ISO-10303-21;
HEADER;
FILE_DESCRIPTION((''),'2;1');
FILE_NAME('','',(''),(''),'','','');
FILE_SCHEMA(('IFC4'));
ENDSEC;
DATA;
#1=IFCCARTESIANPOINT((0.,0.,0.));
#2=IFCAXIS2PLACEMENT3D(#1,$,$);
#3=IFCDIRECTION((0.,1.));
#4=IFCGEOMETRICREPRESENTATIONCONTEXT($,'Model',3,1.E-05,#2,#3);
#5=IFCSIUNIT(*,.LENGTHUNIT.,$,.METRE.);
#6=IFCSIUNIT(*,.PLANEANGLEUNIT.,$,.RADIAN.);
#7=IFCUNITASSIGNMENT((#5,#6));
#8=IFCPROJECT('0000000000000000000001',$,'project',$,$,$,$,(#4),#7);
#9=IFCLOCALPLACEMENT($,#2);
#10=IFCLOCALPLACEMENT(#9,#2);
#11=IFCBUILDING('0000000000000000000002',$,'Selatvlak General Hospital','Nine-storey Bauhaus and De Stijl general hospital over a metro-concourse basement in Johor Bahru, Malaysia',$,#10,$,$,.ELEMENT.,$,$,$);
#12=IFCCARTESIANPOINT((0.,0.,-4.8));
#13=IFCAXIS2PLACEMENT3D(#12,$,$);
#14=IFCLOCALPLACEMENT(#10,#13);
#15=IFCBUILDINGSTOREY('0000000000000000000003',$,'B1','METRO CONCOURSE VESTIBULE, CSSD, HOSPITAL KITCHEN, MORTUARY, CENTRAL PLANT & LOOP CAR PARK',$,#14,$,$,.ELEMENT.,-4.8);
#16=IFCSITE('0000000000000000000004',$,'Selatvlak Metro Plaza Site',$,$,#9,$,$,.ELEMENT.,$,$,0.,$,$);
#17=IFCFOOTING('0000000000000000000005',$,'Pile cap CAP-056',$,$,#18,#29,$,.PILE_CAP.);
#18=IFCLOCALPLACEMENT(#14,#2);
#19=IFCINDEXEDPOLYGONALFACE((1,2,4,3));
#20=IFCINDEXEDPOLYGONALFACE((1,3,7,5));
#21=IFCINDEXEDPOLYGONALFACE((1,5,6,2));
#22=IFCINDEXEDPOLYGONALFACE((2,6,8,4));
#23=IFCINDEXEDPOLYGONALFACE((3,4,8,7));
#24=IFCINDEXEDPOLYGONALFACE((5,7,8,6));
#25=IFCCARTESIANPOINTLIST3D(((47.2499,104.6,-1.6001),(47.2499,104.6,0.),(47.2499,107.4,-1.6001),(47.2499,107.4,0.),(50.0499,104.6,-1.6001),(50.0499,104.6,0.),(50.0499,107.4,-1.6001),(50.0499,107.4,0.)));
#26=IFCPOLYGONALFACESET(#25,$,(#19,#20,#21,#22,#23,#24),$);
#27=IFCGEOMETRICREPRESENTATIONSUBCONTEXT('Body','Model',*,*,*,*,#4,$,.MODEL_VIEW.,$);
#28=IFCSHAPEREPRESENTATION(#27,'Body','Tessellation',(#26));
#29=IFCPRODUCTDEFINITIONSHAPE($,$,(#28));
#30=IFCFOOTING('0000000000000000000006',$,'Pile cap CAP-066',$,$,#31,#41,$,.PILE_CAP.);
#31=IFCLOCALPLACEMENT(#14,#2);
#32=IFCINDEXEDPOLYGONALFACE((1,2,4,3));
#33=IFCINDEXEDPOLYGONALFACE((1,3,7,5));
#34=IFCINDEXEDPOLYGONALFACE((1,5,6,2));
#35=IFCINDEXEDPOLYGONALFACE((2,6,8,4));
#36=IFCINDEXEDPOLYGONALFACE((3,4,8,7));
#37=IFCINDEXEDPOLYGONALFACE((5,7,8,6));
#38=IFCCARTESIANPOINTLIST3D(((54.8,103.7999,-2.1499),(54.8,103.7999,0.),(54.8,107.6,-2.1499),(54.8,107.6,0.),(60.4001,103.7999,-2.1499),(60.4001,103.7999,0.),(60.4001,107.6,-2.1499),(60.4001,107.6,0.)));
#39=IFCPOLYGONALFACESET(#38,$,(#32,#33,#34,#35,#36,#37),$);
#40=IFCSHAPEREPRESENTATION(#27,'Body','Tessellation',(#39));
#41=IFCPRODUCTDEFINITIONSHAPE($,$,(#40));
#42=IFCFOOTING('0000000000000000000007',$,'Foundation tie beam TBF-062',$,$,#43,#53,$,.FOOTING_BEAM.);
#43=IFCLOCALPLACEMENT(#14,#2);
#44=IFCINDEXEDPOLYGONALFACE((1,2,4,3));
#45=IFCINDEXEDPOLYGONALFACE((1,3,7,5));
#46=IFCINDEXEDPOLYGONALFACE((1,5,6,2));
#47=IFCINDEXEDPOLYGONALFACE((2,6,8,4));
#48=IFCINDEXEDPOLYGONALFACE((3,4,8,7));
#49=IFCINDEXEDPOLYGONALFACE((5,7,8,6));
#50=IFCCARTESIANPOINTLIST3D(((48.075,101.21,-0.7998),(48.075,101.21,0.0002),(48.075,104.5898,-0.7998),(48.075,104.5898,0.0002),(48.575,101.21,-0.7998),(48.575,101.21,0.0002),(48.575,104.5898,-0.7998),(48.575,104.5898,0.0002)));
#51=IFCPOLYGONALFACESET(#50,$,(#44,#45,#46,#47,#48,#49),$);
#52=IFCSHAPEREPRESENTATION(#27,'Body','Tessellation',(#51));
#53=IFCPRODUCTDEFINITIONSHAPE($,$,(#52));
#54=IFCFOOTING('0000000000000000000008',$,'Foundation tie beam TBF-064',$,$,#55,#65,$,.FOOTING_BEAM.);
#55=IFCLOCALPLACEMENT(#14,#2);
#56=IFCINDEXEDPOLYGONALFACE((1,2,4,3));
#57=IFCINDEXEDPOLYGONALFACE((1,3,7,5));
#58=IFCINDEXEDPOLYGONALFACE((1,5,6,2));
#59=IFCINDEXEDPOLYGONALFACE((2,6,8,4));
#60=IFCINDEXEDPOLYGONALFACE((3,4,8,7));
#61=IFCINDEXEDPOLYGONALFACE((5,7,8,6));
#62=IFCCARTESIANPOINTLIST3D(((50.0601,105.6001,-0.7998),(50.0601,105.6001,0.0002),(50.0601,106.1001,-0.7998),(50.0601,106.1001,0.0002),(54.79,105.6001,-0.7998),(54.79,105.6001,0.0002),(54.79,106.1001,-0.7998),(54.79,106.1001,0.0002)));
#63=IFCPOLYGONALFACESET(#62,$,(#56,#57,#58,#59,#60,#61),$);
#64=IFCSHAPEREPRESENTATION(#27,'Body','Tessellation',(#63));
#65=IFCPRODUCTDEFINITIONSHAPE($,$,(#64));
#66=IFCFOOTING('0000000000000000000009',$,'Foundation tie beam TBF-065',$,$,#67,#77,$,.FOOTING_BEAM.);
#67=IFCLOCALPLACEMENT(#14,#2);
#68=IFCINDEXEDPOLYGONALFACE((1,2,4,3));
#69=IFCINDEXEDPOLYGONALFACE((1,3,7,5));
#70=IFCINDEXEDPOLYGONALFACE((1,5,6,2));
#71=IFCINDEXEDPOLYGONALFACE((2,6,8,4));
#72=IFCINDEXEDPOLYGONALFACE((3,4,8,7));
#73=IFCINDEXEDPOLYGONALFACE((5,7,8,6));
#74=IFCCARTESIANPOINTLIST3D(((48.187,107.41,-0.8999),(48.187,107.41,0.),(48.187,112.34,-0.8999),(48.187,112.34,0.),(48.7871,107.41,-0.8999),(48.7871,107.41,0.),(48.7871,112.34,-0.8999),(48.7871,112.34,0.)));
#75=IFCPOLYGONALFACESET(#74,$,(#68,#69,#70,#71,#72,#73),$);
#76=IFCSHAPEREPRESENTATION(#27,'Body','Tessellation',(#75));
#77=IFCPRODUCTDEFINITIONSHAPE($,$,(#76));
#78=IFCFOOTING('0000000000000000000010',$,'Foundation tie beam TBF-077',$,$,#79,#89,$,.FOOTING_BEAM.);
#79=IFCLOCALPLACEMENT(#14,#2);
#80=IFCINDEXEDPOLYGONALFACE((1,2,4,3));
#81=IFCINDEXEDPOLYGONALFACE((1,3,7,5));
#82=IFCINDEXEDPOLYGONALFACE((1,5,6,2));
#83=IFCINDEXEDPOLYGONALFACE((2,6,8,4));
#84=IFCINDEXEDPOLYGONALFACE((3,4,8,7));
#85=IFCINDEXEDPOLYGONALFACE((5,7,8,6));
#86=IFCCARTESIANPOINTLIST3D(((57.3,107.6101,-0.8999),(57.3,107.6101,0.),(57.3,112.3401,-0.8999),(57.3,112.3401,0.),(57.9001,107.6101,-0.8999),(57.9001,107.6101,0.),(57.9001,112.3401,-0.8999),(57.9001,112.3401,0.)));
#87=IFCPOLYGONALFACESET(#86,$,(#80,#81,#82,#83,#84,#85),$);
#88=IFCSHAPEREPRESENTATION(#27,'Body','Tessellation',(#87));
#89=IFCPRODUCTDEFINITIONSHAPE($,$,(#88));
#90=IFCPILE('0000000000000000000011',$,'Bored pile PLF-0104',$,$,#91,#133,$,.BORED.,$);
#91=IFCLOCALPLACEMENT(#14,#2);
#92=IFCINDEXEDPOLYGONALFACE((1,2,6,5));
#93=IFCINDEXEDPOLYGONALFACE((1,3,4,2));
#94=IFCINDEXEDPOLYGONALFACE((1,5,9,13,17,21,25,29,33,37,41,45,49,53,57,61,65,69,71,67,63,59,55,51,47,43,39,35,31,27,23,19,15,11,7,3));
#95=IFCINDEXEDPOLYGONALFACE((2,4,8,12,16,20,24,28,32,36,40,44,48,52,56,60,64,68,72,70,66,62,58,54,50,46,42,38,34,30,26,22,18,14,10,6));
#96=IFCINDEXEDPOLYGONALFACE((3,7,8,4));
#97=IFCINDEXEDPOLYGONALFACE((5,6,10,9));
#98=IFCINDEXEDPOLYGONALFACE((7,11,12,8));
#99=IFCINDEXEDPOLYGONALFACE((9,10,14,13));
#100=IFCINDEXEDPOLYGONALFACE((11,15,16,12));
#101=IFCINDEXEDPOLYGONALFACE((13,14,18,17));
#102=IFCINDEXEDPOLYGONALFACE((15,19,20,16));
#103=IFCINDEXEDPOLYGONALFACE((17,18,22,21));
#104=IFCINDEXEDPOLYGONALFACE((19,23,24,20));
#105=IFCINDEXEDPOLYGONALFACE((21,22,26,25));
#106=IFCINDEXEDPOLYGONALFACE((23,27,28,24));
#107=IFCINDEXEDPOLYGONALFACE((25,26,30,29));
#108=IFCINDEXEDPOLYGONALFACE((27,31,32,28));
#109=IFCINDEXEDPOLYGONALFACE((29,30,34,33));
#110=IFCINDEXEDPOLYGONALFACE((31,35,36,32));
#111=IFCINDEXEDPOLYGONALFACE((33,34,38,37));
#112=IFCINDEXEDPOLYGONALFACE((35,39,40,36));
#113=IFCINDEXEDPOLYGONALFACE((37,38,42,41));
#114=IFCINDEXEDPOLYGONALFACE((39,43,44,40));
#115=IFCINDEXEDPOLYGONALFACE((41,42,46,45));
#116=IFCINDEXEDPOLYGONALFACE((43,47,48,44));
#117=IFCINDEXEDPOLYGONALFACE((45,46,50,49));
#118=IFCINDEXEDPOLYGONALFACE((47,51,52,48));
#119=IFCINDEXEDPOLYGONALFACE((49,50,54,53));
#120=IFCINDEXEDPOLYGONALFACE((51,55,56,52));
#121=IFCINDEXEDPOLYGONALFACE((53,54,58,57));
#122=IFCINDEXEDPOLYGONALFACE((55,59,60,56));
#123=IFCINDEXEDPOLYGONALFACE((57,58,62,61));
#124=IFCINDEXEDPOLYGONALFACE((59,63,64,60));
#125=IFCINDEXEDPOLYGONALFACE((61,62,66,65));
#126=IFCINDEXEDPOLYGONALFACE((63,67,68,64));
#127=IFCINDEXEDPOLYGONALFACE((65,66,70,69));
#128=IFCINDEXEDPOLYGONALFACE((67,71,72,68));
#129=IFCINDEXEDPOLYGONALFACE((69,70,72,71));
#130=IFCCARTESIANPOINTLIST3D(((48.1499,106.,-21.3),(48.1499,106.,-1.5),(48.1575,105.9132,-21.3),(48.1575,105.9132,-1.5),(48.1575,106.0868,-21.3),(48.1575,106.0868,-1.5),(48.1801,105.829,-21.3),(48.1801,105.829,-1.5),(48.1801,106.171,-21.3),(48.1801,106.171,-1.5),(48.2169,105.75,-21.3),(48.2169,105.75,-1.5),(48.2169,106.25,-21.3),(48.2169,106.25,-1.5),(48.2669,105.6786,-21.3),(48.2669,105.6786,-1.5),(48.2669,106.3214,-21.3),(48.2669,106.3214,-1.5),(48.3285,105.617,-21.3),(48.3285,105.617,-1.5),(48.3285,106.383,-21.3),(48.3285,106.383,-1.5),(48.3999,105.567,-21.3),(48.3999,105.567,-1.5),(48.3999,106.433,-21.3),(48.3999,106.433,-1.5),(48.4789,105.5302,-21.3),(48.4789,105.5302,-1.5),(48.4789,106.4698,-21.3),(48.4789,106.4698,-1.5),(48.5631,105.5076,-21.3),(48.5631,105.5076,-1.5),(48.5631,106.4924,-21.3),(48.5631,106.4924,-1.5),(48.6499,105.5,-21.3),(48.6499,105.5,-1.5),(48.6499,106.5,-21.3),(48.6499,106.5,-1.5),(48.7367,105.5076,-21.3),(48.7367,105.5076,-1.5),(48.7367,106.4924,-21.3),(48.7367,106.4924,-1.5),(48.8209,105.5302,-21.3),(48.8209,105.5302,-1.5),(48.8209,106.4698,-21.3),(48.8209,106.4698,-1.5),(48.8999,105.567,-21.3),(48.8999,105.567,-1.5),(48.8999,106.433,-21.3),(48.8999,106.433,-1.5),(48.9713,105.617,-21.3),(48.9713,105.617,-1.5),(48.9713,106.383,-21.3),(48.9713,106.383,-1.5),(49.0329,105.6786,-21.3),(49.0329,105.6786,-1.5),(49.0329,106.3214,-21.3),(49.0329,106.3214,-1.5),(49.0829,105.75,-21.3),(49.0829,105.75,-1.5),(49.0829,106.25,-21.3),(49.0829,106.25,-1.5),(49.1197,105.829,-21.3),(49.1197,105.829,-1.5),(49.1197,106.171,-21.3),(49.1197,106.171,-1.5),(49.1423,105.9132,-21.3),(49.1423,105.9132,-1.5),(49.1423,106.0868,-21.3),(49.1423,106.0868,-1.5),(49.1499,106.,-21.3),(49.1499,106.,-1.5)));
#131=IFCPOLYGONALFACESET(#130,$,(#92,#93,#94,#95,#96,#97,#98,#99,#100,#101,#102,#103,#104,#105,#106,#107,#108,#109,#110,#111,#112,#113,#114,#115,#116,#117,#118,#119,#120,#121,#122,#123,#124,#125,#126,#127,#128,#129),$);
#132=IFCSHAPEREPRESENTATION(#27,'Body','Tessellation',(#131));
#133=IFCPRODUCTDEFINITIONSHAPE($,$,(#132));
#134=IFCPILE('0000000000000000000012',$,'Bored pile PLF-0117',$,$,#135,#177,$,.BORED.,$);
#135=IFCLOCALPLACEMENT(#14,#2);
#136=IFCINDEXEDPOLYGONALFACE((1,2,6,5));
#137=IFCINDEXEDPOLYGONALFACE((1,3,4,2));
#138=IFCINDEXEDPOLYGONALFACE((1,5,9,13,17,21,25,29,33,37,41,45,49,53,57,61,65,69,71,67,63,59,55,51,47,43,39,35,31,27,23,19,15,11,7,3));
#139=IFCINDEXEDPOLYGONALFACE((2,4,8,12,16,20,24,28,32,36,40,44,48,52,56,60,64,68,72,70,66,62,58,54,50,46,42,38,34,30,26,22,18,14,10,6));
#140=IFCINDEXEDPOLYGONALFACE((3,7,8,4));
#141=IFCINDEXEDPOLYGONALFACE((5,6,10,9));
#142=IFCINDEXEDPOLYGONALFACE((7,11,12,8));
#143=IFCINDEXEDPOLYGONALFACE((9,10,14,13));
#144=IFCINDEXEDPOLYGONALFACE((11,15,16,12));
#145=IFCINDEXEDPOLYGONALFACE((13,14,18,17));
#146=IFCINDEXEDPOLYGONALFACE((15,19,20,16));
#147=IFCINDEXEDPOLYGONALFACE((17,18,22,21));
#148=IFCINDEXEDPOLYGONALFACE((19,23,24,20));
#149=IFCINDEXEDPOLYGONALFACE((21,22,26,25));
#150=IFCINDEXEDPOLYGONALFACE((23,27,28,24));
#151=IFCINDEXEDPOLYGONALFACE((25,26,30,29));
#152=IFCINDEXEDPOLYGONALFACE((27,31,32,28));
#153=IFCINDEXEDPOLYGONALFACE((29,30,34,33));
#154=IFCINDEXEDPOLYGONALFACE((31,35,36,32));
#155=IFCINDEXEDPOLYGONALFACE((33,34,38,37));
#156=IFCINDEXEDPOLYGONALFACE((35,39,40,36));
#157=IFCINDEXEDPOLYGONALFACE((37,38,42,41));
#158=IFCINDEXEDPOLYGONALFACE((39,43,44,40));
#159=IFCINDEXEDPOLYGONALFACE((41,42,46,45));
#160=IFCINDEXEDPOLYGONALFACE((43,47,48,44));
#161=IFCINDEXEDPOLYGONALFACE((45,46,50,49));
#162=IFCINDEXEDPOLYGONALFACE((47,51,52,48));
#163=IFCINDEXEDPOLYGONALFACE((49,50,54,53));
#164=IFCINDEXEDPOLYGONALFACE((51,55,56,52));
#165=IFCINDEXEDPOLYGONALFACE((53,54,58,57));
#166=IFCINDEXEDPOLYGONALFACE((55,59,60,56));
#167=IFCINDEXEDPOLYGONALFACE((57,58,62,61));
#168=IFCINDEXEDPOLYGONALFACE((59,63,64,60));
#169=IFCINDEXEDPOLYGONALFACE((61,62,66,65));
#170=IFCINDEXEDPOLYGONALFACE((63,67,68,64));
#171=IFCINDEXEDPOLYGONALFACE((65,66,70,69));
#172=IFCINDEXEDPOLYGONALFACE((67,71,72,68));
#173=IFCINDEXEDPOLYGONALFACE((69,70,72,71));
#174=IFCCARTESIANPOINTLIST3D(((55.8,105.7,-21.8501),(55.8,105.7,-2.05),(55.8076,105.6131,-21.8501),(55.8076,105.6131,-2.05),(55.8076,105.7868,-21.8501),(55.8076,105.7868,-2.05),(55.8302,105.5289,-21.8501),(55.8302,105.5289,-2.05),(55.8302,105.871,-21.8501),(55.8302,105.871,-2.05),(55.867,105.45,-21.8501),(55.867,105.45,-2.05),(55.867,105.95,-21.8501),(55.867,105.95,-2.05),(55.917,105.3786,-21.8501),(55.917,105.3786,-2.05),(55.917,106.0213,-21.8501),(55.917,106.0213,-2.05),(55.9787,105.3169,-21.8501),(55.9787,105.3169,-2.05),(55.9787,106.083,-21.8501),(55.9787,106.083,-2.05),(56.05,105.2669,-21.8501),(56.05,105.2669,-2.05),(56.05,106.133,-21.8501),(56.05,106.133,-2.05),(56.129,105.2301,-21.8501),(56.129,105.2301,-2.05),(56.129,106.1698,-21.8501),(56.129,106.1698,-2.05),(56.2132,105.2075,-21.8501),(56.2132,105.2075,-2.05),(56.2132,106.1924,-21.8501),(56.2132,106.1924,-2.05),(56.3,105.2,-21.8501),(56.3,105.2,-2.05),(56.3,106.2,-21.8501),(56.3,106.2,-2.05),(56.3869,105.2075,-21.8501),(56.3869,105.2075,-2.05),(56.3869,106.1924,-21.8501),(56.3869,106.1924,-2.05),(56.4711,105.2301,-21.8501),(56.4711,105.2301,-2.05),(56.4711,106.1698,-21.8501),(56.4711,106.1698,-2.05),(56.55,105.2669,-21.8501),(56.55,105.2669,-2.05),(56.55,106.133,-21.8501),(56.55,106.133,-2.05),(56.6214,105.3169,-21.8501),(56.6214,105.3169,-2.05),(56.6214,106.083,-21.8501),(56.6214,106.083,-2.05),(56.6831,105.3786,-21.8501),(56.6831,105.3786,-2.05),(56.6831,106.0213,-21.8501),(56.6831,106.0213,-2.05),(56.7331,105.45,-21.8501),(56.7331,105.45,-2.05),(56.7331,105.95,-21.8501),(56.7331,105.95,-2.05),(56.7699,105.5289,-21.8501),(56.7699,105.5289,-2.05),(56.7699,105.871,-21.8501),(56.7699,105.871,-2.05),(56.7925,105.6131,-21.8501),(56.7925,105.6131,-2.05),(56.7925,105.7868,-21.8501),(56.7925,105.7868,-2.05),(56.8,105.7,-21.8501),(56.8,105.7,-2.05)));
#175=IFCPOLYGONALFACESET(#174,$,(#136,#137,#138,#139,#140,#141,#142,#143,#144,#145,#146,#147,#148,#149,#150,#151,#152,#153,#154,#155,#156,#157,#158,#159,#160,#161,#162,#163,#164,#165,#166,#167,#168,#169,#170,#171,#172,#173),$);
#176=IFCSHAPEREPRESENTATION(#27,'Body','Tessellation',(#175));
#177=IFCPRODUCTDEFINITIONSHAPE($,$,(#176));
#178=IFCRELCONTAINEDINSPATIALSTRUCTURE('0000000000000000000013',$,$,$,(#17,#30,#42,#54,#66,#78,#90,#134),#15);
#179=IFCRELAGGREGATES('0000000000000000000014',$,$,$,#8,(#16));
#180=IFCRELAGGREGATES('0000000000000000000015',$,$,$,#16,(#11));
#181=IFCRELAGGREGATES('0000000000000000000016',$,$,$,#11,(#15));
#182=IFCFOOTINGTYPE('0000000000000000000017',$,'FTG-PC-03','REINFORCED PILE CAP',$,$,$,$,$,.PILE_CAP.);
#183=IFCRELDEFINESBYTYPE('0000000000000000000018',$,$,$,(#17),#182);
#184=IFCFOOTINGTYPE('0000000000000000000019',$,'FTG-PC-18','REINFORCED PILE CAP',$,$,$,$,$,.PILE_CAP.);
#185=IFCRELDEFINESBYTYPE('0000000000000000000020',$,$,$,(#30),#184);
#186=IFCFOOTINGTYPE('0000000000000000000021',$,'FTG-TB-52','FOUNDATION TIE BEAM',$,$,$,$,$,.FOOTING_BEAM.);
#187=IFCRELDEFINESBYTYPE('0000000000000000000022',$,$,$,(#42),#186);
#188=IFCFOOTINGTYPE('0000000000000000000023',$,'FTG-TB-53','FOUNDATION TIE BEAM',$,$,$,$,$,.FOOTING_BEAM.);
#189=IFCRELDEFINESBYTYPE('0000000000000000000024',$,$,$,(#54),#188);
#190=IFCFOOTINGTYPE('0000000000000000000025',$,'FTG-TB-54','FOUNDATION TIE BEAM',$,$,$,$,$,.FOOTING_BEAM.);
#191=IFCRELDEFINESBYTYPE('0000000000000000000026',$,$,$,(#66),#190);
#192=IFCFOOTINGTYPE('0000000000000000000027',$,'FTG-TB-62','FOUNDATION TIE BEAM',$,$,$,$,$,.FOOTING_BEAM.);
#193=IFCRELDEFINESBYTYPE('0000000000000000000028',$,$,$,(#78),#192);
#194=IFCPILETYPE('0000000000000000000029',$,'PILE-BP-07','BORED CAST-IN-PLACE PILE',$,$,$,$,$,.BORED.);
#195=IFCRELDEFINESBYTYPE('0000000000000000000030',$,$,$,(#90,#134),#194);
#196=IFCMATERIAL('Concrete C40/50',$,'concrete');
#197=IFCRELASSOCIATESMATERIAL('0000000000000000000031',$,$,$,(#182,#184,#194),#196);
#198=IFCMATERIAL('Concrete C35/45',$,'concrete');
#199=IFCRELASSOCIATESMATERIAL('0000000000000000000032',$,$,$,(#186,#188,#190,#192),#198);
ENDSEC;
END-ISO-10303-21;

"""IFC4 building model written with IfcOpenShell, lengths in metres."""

from ifc_helpers import new_model, si_unit, direction, frame, origin, origin_2d, place, context, subcontext, project, spatial, rectangle, circle, extrude, material, material_profile, profile_set, type_object, element, save


model = new_model("IFC4")

# Units and contexts
model_context = context("Model", 3, precision=1e-05, world=origin(), true_north=direction((0.0, 1.0)))
body_context = subcontext(model_context, "Body", "Model", "MODEL_VIEW")
ifc_project = project(units=[si_unit("LENGTHUNIT", "METRE"), si_unit("PLANEANGLEUNIT", "RADIAN")], contexts=[model_context])

# Site, building, storey
site_placement = place(None, origin())
site = spatial("IfcSite", under=ifc_project, at=site_placement, Name="Selatvlak Metro Plaza Site", CompositionType="ELEMENT", RefElevation=0.0)
building_placement = place(site_placement, origin())
building = spatial("IfcBuilding", under=site, at=building_placement, Name="Selatvlak General Hospital", Description="Nine-storey Bauhaus and De Stijl general hospital over a metro-concourse basement in Johor Bahru, Malaysia", CompositionType="ELEMENT")
storey_placement = place(building_placement, frame((0.0, 0.0, -4.8)))
storey = spatial("IfcBuildingStorey", under=building, at=storey_placement, Name="B1", Description="METRO CONCOURSE VESTIBULE, CSSD, HOSPITAL KITCHEN, MORTUARY, CENTRAL PLANT & LOOP CAR PARK", CompositionType="ELEMENT", Elevation=-4.8)

# Footings
ifc_material_1 = material(Name="Concrete C40/50", Category="concrete")
footing_type_1 = type_object("IfcFootingType", Name="FTG-PC-03", Description="REINFORCED PILE CAP", PredefinedType="PILE_CAP", material=ifc_material_1)
footing_1_placement = place(storey_placement, frame((48.6499, 106.0, -1.6001), z_axis=(0.0, 0.0, 1.0), x_axis=(1.0, 0.0, 0.0)))
element("IfcFooting", 1, at=footing_1_placement, inside=storey, type_object=footing_type_1, Name="Pile cap CAP-056", PredefinedType="PILE_CAP", context=body_context, shape_type="SweptSolid", body=[
    extrude(rectangle(XDim=2.8, YDim=2.8, at=origin_2d()), origin(), (0.0, 0.0, 1.0), 1.6001),
])
footing_type_2 = type_object("IfcFootingType", Name="FTG-PC-18", Description="REINFORCED PILE CAP", PredefinedType="PILE_CAP", material=ifc_material_1)
footing_2_placement = place(storey_placement, frame((57.6001, 105.7, -2.1499), z_axis=(0.0, 0.0, 1.0), x_axis=(1.0, 0.0, 0.0)))
element("IfcFooting", 2, at=footing_2_placement, inside=storey, type_object=footing_type_2, Name="Pile cap CAP-066", PredefinedType="PILE_CAP", context=body_context, shape_type="SweptSolid", body=[
    extrude(rectangle(XDim=5.6001, YDim=3.8, at=origin_2d()), origin(), (0.0, 0.0, 1.0), 2.1499),
])
ifc_material_2 = material(Name="Concrete C35/45", Category="concrete")
footing_type_3 = type_object("IfcFootingType", Name="FTG-TB-52", Description="FOUNDATION TIE BEAM", PredefinedType="FOOTING_BEAM", material=ifc_material_2)
footing_3_placement = place(storey_placement, frame((48.325, 102.8999, -0.7998), z_axis=(0.0, 0.0, 1.0), x_axis=(0.0, 1.0, 0.0)))
element("IfcFooting", 3, at=footing_3_placement, inside=storey, type_object=footing_type_3, Name="Foundation tie beam TBF-062", PredefinedType="FOOTING_BEAM", context=body_context, shape_type="SweptSolid", body=[
    extrude(rectangle(XDim=3.3799, YDim=0.5, at=origin_2d()), origin(), (0.0, 0.0, 1.0), 0.8),
])
footing_type_4 = type_object("IfcFootingType", Name="FTG-TB-53", Description="FOUNDATION TIE BEAM", PredefinedType="FOOTING_BEAM", material=ifc_material_2)
footing_4_placement = place(storey_placement, frame((52.425, 105.8501, -0.7998), z_axis=(0.0, 0.0, 1.0), x_axis=(1.0, 0.0, 0.0)))
element("IfcFooting", 4, at=footing_4_placement, inside=storey, type_object=footing_type_4, Name="Foundation tie beam TBF-064", PredefinedType="FOOTING_BEAM", context=body_context, shape_type="SweptSolid", body=[
    extrude(rectangle(XDim=4.73, YDim=0.5, at=origin_2d()), origin(), (0.0, 0.0, 1.0), 0.8),
])
footing_type_5 = type_object("IfcFootingType", Name="FTG-TB-54", Description="FOUNDATION TIE BEAM", PredefinedType="FOOTING_BEAM", material=ifc_material_2)
footing_5_placement = place(storey_placement, frame((48.4871, 109.875, -0.8999), z_axis=(0.0, 0.0, 1.0), x_axis=(0.0, 1.0, 0.0)))
element("IfcFooting", 5, at=footing_5_placement, inside=storey, type_object=footing_type_5, Name="Foundation tie beam TBF-065", PredefinedType="FOOTING_BEAM", context=body_context, shape_type="SweptSolid", body=[
    extrude(rectangle(XDim=4.9299, YDim=0.6001, at=origin_2d()), origin(), (0.0, 0.0, 1.0), 0.8999),
])
footing_type_6 = type_object("IfcFootingType", Name="FTG-TB-62", Description="FOUNDATION TIE BEAM", PredefinedType="FOOTING_BEAM", material=ifc_material_2)
footing_6_placement = place(storey_placement, frame((57.6001, 109.9751, -0.8999), z_axis=(0.0, 0.0, 1.0), x_axis=(0.0, 1.0, 0.0)))
element("IfcFooting", 6, at=footing_6_placement, inside=storey, type_object=footing_type_6, Name="Foundation tie beam TBF-077", PredefinedType="FOOTING_BEAM", context=body_context, shape_type="SweptSolid", body=[
    extrude(rectangle(XDim=4.73, YDim=0.6001, at=origin_2d()), origin(), (0.0, 0.0, 1.0), 0.8999),
])

# Piles
ifc_material_profile_1 = material_profile(ifc_material_1, circle(Radius=0.5, at=origin_2d()), Name="BORED PILE 1000")
ifc_profile_set_1 = profile_set([ifc_material_profile_1], Name="Concrete C40/50")
pile_type = type_object("IfcPileType", Name="PILE-BP-07", Description="BORED CAST-IN-PLACE PILE", PredefinedType="BORED", material=ifc_profile_set_1)
for number, where, z_axis, x_axis, name in (
    (7, (48.6499, 106.0, -1.5), (0.0, 0.0, -1.0), (1.0, 0.0, 0.0), "Bored pile PLF-0104"),
    (8, (56.3, 105.7, -2.05), (0.0, 0.0, -1.0), (1.0, 0.0, 0.0), "Bored pile PLF-0117"),
):
    element("IfcPile", number, at=place(storey_placement, frame(where, z_axis=z_axis, x_axis=x_axis)), inside=storey, type_object=pile_type, Name=name, PredefinedType="BORED", context=body_context, shape_type="SweptSolid", body=[
        extrude(circle(Radius=0.5, at=origin_2d()), origin(), (0.0, 0.0, 1.0), 19.8),
    ])

save(model, "model.ifc")
